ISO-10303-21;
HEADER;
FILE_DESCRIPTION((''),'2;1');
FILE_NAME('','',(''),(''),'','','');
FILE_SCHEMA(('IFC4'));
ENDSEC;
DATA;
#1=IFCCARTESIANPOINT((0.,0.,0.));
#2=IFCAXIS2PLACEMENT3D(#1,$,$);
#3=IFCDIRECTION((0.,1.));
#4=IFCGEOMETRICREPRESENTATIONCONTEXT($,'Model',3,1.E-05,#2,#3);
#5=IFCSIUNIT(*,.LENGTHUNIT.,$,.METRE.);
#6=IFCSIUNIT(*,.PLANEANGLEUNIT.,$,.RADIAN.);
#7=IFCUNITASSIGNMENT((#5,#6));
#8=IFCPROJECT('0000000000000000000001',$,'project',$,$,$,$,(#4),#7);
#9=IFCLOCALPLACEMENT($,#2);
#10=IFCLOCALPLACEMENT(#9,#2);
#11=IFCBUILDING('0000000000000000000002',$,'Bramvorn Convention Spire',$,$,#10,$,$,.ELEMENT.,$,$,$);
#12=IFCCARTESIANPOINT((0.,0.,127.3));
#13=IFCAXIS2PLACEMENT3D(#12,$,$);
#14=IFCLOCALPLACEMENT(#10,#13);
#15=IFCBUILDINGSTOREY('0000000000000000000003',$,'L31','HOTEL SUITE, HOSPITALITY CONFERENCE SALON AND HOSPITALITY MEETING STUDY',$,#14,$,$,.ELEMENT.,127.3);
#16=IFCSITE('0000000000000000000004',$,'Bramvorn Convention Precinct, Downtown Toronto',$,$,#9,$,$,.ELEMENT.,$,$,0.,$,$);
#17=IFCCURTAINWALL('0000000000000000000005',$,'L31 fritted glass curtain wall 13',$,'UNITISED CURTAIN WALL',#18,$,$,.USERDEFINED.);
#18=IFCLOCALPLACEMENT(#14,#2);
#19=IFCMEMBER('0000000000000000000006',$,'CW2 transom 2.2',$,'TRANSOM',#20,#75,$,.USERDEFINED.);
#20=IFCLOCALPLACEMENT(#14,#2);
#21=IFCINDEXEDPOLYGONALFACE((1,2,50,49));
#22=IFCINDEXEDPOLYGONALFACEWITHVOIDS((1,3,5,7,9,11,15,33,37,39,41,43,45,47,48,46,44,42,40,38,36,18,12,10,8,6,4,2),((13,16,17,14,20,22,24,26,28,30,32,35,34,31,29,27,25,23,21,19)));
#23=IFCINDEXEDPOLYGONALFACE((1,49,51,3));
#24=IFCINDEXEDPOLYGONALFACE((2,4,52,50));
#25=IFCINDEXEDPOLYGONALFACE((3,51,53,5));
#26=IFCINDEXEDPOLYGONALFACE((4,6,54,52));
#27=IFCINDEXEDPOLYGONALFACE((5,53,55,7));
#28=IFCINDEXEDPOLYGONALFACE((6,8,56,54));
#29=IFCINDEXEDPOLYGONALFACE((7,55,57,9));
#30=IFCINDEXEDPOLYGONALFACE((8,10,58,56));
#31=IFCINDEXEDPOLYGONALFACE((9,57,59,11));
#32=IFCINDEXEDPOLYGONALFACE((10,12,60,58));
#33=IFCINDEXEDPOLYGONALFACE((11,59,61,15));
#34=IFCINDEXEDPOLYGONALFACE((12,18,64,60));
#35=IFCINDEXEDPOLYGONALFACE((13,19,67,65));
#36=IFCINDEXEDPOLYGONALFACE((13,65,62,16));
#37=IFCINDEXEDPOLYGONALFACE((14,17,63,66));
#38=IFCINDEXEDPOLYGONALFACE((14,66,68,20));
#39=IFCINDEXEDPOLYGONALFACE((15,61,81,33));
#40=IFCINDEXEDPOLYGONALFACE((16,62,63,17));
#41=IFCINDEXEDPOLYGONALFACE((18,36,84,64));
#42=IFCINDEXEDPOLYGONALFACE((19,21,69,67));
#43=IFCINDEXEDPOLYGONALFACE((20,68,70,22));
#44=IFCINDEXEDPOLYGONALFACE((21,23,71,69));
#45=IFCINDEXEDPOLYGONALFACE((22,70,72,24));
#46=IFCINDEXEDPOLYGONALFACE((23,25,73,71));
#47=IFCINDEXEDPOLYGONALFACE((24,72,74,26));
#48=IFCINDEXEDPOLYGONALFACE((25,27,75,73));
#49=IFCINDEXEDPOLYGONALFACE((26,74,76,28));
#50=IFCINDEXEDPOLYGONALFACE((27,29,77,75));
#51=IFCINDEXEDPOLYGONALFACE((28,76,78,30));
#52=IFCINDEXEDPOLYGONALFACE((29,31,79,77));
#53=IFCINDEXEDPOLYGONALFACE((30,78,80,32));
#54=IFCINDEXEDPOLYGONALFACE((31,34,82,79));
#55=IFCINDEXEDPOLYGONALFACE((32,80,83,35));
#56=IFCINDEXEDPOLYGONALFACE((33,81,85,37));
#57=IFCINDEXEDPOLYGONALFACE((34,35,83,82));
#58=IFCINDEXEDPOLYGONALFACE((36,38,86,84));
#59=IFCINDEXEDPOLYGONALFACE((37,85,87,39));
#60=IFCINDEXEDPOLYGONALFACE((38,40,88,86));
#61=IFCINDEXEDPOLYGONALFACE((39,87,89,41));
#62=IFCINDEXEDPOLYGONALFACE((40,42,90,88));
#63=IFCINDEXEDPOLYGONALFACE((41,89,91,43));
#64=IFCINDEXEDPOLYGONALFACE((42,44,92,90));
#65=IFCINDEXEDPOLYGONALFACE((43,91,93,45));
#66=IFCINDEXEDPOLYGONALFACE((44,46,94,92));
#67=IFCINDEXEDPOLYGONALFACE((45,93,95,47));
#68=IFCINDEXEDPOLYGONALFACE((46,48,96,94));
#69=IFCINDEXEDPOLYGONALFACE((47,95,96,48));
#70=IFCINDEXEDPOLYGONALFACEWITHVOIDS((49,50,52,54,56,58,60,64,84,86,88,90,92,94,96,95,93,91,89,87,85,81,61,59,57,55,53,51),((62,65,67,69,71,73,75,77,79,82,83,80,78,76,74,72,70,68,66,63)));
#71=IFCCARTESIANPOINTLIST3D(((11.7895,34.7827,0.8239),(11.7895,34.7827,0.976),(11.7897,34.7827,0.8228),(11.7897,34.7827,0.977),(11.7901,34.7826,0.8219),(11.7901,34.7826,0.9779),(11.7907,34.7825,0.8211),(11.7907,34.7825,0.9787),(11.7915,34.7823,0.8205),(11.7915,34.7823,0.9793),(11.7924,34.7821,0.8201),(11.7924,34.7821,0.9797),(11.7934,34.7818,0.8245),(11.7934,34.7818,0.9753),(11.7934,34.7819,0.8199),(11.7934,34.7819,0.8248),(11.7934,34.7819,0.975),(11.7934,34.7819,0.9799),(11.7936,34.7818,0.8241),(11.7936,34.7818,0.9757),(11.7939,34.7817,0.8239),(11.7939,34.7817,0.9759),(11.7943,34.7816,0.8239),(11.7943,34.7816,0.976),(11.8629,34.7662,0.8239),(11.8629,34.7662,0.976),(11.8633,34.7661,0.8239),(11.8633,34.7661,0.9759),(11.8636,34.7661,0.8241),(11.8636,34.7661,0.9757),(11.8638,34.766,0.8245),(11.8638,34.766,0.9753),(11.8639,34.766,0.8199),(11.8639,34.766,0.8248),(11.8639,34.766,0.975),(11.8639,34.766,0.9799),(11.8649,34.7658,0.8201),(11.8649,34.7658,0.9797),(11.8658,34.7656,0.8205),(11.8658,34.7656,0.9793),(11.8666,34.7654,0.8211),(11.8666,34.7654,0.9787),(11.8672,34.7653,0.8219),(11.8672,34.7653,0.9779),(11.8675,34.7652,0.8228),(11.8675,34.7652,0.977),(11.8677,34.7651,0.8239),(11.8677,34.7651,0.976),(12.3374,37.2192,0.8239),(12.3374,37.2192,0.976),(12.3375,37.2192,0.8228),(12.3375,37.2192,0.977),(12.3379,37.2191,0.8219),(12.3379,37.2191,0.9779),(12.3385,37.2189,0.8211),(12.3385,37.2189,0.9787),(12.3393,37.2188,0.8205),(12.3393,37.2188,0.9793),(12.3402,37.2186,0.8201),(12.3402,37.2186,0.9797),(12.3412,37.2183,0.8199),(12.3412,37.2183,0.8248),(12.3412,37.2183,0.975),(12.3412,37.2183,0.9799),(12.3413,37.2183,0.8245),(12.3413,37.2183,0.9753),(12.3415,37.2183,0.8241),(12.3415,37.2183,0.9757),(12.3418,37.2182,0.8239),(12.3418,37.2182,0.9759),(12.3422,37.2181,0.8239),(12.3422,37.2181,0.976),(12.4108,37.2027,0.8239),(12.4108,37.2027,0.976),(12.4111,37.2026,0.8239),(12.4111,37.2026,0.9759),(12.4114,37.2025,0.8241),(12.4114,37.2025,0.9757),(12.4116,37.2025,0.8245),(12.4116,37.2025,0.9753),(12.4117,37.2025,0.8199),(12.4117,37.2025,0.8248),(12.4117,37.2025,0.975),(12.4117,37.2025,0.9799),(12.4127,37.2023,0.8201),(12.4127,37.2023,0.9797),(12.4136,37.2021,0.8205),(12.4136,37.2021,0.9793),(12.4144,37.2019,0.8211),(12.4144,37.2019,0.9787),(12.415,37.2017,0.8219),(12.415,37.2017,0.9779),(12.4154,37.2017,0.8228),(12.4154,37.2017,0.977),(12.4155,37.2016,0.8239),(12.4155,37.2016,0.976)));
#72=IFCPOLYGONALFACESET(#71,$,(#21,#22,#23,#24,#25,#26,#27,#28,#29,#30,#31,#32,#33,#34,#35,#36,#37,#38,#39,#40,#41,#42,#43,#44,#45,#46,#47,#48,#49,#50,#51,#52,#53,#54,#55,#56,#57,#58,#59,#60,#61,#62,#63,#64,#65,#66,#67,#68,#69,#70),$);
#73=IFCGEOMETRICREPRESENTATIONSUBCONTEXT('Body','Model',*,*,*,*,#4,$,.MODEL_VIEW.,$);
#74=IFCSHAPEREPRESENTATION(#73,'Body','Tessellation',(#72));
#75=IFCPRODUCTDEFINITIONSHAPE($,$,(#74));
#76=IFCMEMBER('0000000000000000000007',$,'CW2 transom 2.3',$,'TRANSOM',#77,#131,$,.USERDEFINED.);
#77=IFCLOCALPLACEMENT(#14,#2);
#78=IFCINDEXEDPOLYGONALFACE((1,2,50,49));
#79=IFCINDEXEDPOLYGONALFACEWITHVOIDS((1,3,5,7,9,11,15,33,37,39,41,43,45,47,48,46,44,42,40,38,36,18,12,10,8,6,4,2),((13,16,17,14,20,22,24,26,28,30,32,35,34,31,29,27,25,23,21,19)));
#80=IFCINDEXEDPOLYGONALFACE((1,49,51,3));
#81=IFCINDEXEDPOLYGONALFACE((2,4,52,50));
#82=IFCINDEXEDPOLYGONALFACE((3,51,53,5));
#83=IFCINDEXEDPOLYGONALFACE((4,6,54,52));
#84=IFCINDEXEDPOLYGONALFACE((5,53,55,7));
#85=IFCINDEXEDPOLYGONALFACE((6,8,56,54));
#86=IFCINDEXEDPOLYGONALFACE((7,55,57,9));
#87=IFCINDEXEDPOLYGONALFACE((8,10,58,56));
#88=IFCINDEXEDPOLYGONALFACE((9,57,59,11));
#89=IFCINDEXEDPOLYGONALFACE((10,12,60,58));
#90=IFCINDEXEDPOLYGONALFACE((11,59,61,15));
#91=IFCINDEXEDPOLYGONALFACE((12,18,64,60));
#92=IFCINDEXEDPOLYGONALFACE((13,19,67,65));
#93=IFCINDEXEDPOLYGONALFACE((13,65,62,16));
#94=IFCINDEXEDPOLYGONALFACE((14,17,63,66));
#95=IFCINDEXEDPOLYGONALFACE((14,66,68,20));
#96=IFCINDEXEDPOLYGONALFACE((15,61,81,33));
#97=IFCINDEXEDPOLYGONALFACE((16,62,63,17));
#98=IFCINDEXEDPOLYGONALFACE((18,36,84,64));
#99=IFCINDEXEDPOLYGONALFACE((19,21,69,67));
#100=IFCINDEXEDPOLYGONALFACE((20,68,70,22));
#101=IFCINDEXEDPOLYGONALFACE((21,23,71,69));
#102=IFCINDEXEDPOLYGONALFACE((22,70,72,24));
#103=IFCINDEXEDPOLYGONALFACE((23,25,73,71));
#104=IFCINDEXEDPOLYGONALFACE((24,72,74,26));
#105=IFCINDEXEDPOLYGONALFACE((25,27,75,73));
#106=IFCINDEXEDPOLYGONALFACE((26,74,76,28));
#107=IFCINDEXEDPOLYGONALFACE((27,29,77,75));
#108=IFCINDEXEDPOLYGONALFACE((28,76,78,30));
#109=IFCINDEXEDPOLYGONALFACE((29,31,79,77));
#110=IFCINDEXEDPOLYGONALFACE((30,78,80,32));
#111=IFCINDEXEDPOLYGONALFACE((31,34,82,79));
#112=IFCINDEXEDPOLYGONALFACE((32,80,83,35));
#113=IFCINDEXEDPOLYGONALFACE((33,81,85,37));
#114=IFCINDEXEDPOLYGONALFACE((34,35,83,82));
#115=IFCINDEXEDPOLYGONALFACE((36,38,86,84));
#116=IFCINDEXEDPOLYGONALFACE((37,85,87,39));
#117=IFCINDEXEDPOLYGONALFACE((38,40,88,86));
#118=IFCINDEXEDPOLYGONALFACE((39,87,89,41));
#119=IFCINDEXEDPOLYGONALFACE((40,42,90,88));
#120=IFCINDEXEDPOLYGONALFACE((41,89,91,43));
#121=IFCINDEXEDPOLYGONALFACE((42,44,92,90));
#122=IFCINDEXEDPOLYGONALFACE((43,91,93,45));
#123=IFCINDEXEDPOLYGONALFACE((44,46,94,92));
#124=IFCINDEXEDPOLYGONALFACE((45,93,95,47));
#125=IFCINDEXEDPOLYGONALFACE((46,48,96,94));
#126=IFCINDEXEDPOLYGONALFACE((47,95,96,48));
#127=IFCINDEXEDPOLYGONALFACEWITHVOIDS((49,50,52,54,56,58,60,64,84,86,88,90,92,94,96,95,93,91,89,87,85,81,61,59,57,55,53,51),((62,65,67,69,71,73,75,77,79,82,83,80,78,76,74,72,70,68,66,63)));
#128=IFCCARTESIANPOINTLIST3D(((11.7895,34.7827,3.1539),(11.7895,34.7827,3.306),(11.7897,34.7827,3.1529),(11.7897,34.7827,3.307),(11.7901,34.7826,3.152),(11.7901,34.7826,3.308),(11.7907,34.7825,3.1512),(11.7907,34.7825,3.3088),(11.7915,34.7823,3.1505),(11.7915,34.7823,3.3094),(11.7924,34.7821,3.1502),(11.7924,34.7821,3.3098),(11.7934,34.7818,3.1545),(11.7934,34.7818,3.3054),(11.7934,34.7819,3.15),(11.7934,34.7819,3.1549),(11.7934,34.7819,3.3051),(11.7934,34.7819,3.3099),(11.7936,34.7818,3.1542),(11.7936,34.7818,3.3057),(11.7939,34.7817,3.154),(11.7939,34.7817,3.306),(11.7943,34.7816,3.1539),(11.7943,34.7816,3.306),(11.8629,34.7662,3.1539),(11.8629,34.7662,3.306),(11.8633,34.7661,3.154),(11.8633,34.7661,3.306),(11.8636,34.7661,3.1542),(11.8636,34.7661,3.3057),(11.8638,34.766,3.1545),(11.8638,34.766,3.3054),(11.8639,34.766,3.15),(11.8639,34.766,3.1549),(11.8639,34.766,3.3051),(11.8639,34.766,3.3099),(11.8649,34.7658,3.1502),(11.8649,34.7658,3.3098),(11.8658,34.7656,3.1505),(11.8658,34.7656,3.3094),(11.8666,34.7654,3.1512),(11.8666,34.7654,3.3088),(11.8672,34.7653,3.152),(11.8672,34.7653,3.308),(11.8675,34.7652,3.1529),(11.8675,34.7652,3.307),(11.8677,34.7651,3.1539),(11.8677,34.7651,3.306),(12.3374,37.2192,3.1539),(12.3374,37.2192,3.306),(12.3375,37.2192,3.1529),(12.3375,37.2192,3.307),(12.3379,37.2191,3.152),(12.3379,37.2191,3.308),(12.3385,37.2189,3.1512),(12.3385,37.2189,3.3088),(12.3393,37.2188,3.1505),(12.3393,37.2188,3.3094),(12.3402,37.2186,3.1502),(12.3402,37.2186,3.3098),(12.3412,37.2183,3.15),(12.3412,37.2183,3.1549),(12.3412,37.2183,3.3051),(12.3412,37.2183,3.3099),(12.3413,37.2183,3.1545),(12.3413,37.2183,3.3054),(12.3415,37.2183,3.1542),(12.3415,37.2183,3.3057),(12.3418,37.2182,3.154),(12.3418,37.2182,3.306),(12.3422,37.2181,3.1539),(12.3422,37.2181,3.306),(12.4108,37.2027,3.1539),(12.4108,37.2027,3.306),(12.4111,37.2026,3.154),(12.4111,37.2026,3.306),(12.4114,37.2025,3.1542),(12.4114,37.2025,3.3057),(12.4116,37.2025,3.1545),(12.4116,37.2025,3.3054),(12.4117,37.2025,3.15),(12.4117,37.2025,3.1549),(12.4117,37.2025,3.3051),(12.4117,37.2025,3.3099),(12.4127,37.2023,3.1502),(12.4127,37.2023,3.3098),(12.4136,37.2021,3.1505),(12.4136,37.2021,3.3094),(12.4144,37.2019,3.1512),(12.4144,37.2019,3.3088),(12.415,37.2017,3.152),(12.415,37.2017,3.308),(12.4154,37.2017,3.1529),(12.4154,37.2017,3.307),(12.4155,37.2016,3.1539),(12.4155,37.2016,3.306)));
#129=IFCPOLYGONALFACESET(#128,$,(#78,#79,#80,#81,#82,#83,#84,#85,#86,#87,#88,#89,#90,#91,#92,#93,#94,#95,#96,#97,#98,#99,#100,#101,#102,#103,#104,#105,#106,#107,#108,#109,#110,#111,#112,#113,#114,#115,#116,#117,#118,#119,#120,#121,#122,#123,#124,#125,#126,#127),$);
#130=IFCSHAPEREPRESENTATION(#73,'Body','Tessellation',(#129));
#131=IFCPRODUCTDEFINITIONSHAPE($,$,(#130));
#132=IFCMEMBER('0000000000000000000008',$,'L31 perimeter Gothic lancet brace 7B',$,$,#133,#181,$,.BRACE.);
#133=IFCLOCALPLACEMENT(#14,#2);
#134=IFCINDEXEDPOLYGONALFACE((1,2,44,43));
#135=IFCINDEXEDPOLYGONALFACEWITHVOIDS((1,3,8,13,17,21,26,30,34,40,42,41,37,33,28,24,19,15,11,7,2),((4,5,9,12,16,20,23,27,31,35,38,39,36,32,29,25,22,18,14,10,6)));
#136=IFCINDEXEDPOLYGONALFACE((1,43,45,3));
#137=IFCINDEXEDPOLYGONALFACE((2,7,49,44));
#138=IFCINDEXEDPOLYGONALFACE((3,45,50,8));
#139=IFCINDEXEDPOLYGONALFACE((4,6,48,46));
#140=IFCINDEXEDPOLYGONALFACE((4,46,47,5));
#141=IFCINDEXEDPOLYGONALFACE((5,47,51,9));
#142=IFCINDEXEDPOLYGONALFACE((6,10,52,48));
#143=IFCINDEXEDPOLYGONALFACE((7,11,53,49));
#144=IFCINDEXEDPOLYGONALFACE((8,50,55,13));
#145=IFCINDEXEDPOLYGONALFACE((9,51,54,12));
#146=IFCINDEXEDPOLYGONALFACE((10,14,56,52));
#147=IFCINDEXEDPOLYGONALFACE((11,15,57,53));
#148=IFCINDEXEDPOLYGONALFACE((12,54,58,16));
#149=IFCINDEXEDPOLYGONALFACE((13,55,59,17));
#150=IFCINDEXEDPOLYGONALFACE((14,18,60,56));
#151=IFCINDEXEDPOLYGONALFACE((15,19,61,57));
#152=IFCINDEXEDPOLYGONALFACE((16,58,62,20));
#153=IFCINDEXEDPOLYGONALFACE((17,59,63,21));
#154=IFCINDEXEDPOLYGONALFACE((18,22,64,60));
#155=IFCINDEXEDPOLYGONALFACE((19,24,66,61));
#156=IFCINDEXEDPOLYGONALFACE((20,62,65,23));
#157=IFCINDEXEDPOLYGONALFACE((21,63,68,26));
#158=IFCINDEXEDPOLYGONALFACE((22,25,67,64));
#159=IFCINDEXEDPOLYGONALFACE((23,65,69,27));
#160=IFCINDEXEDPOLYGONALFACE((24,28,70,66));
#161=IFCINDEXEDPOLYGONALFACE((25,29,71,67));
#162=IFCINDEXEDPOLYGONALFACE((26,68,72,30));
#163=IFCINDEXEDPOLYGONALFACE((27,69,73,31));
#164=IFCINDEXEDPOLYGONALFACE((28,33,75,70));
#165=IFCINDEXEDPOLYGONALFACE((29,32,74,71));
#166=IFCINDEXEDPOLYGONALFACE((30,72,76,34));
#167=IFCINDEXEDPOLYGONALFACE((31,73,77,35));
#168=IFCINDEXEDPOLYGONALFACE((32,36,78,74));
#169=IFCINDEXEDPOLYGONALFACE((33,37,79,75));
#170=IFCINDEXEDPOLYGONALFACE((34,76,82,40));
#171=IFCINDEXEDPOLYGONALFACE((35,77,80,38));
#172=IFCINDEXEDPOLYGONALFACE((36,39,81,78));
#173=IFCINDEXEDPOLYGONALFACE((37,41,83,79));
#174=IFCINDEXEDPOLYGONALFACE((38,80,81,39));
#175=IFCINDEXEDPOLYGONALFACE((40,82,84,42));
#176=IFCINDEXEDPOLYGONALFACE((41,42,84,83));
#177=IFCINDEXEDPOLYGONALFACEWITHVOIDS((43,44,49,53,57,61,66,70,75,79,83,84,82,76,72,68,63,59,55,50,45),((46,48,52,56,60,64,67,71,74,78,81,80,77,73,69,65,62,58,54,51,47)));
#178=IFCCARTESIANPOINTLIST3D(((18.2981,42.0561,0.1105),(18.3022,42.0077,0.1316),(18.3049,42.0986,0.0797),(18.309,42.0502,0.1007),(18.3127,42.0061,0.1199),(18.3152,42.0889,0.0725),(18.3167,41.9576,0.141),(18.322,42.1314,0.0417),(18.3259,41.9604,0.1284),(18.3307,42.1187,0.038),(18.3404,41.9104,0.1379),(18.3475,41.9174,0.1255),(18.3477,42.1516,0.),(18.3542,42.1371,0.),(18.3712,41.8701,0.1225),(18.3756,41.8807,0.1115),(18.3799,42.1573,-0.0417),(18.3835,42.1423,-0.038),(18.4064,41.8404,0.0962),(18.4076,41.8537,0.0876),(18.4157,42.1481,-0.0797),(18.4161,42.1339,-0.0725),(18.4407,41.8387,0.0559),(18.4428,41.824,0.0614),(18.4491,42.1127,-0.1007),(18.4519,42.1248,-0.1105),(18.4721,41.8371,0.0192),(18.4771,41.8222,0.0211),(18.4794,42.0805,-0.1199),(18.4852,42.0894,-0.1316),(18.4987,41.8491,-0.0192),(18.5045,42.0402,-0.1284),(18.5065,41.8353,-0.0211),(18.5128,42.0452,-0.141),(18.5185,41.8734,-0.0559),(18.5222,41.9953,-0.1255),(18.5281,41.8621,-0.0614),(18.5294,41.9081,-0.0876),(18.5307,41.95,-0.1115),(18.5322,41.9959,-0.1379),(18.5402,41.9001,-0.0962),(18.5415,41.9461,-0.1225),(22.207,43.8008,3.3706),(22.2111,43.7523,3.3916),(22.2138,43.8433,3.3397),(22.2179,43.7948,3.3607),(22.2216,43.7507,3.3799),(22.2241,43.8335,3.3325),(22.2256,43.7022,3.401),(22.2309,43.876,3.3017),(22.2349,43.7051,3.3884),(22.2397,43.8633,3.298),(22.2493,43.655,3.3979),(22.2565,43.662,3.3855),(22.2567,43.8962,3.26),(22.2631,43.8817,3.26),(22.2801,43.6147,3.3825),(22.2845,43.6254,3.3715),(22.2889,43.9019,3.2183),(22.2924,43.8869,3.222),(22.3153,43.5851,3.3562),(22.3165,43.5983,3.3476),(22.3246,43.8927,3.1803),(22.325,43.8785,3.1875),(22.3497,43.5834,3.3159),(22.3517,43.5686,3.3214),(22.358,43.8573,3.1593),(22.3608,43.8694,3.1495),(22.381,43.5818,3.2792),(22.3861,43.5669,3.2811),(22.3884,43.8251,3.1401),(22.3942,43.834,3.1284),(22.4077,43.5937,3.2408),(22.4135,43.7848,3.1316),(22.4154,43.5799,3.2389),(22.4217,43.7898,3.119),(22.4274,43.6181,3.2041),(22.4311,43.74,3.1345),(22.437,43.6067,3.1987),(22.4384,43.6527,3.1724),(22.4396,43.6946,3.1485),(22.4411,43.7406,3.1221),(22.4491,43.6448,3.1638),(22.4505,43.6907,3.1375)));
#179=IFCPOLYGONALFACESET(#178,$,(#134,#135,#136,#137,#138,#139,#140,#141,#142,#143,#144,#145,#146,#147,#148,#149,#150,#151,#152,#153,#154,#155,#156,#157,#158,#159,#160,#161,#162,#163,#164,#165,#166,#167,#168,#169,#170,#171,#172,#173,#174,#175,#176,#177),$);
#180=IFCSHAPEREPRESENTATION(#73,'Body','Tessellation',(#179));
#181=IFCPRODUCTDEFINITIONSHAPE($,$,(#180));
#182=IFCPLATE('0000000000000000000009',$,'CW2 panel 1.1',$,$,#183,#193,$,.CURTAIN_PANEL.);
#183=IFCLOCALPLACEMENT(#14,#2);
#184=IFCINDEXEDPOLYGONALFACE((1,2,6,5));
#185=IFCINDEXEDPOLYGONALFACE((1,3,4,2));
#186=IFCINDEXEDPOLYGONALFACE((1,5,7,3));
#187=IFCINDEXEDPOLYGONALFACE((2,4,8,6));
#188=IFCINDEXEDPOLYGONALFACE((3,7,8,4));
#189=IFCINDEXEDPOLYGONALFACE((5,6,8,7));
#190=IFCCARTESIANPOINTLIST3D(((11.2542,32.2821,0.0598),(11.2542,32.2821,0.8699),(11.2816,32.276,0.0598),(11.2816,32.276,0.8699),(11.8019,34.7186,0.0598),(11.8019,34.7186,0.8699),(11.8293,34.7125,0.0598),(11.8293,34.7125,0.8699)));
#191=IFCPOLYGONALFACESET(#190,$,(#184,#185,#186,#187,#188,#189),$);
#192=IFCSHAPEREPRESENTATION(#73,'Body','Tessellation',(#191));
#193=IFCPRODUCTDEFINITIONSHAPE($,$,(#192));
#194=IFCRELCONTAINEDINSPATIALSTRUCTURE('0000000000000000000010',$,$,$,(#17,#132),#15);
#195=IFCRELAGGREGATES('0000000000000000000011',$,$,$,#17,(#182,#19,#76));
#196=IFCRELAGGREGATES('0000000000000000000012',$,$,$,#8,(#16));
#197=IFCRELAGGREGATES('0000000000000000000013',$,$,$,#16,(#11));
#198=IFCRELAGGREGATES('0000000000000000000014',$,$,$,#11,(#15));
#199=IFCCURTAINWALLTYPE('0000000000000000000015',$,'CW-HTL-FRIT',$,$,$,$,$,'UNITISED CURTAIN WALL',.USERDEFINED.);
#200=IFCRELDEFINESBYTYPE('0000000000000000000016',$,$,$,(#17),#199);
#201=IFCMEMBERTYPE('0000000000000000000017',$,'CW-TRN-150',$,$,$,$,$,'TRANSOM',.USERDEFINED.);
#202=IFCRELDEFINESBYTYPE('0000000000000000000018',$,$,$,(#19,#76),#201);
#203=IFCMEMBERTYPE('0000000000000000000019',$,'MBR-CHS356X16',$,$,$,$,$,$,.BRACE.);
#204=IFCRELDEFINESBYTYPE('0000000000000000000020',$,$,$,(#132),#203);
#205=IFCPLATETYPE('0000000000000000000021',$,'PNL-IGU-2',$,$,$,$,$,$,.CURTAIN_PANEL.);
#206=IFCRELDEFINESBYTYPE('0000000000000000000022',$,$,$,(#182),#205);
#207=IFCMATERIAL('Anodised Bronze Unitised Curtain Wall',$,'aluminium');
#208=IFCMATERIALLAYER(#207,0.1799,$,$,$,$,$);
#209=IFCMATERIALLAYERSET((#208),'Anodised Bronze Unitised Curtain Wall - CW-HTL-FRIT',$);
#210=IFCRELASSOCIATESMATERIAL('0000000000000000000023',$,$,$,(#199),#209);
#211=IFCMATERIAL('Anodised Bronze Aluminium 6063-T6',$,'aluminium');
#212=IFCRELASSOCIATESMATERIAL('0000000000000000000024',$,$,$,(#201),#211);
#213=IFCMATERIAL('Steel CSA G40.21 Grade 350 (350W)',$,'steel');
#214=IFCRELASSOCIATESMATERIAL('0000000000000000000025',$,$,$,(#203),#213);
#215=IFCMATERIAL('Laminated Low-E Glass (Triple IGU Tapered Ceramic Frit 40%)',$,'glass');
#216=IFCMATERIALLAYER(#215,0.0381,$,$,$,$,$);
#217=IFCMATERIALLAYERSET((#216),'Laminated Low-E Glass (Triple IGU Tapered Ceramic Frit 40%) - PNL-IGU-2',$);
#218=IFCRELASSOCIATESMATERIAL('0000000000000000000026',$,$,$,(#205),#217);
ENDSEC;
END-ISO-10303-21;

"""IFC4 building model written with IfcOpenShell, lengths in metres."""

from ifc_helpers import new_model, si_unit, direction, frame, origin, origin_2d, place, context, subcontext, project, spatial, rectangle, hollow_rectangle, hollow_circle, extrude, material, layer, layer_set, material_profile, profile_set, type_object, element, aggregate, save


model = new_model("IFC4")

# Units and contexts
model_context = context("Model", 3, precision=1e-05, world=origin(), true_north=direction((0.0, 1.0)))
body_context = subcontext(model_context, "Body", "Model", "MODEL_VIEW")
ifc_project = project(units=[si_unit("LENGTHUNIT", "METRE"), si_unit("PLANEANGLEUNIT", "RADIAN")], contexts=[model_context])

# Site, building, storey
site_placement = place(None, origin())
site = spatial("IfcSite", under=ifc_project, at=site_placement, Name="Bramvorn Convention Precinct, Downtown Toronto", CompositionType="ELEMENT", RefElevation=0.0)
building_placement = place(site_placement, origin())
building = spatial("IfcBuilding", under=site, at=building_placement, Name="Bramvorn Convention Spire", CompositionType="ELEMENT")
storey_placement = place(building_placement, frame((0.0, 0.0, 127.3)))
storey = spatial("IfcBuildingStorey", under=building, at=storey_placement, Name="L31", Description="HOTEL SUITE, HOSPITALITY CONFERENCE SALON AND HOSPITALITY MEETING STUDY", CompositionType="ELEMENT", Elevation=127.3)

# Shared definitions
ifc_material_1 = material(Name="Steel CSA G40.21 Grade 350 (350W)", Category="steel")

# Curtain wall, members
ifc_material_2 = material(Name="Anodised Bronze Unitised Curtain Wall", Category="aluminium")
ifc_layer_1 = layer(ifc_material_2, 0.1799)
ifc_layer_set_1 = layer_set([ifc_layer_1], Name="Anodised Bronze Unitised Curtain Wall - CW-HTL-FRIT")
curtain_wall_type = type_object("IfcCurtainWallType", Name="CW-HTL-FRIT", ElementType="UNITISED CURTAIN WALL", PredefinedType="USERDEFINED", material=ifc_layer_set_1)
curtain_wall_placement = place(storey_placement, origin())
curtain_wall = element("IfcCurtainWall", 1, at=curtain_wall_placement, inside=storey, type_object=curtain_wall_type, Name="L31 fritted glass curtain wall 13", ObjectType="UNITISED CURTAIN WALL", PredefinedType="USERDEFINED")
ifc_material_3 = material(Name="Anodised Bronze Aluminium 6063-T6", Category="aluminium")
ifc_material_profile_1 = material_profile(ifc_material_3, hollow_rectangle(XDim=0.0801, YDim=0.1599, WallThickness=0.0039, InnerFilletRadius=0.001, OuterFilletRadius=0.0039, at=origin_2d()))
ifc_profile_set_1 = profile_set([ifc_material_profile_1], Name="Anodised Bronze Aluminium 6063-T6 - CWT80X160")
member_type_1 = type_object("IfcMemberType", Name="CW-TRN-150", ElementType="TRANSOM", PredefinedType="USERDEFINED", material=ifc_profile_set_1)
member_1_placement = place(storey_placement, frame((11.8286, 34.7739, 0.8999), z_axis=(0.219373, 0.975641, 0.0), x_axis=(-0.975641, 0.219373, 0.0)))
member_1 = element("IfcMember", 2, at=member_1_placement, type_object=member_type_1, Name="CW2 transom 2.2", ObjectType="TRANSOM", PredefinedType="USERDEFINED", context=body_context, shape_type="SweptSolid", body=[
    extrude(hollow_rectangle(XDim=0.0801, YDim=0.1599, WallThickness=0.0039, InnerFilletRadius=0.001, OuterFilletRadius=0.0039, at=origin_2d()), origin(), (0.0, 0.0, 1.0), 2.4973),
])
member_2_placement = place(storey_placement, frame((11.8286, 34.7739, 3.23), z_axis=(0.219373, 0.975641, 0.0), x_axis=(-0.975641, 0.219373, 0.0)))
member_2 = element("IfcMember", 3, at=member_2_placement, type_object=member_type_1, Name="CW2 transom 2.3", ObjectType="TRANSOM", PredefinedType="USERDEFINED", context=body_context, shape_type="SweptSolid", body=[
    extrude(hollow_rectangle(XDim=0.0801, YDim=0.1599, WallThickness=0.0039, InnerFilletRadius=0.001, OuterFilletRadius=0.0039, at=origin_2d()), origin(), (0.0, 0.0, 1.0), 2.4973),
])

# Member
ifc_material_profile_2 = material_profile(ifc_material_1, hollow_circle(Radius=0.1777, WallThickness=0.0159, at=origin_2d()))
ifc_profile_set_2 = profile_set([ifc_material_profile_2], Name="Steel CSA G40.21 Grade 350 (350W) - CHS356X16")
member_type_2 = type_object("IfcMemberType", Name="MBR-CHS356X16", PredefinedType="BRACE", material=ifc_profile_set_2)
member_3_placement = place(storey_placement, frame((18.4202, 41.9893, 0.0), z_axis=(0.726483, 0.324243, 0.605879), x_axis=(-0.407567, 0.913175, 0.0)))
element("IfcMember", 4, at=member_3_placement, inside=storey, type_object=member_type_2, Name="L31 perimeter Gothic lancet brace 7B", PredefinedType="BRACE", context=body_context, shape_type="SweptSolid", body=[
    extrude(hollow_circle(Radius=0.1777, WallThickness=0.0159, at=origin_2d()), origin(), (0.0, 0.0, 1.0), 5.3806),
])

# Plate
ifc_material_4 = material(Name="Laminated Low-E Glass (Triple IGU Tapered Ceramic Frit 40%)", Category="glass")
ifc_layer_2 = layer(ifc_material_4, 0.0381)
ifc_layer_set_2 = layer_set([ifc_layer_2], Name="Laminated Low-E Glass (Triple IGU Tapered Ceramic Frit 40%) - PNL-IGU-2")
plate_type = type_object("IfcPlateType", Name="PNL-IGU-2", PredefinedType="CURTAIN_PANEL", material=ifc_layer_set_2)
plate_1_placement = place(storey_placement, frame((11.5417, 33.4973, 0.0598), z_axis=(0.0, 0.0, 1.0), x_axis=(0.219348, 0.975647, 0.0)))
plate_1 = element("IfcPlate", 5, at=plate_1_placement, type_object=plate_type, Name="CW2 panel 1.1", PredefinedType="CURTAIN_PANEL", context=body_context, shape_type="SweptSolid", body=[
    extrude(rectangle(XDim=2.4973, YDim=0.0281, at=origin_2d()), origin(), (0.0, 0.0, 1.0), 0.8101),
])
aggregate(curtain_wall, [plate_1, member_1, member_2])

save(model, "model.ifc")
